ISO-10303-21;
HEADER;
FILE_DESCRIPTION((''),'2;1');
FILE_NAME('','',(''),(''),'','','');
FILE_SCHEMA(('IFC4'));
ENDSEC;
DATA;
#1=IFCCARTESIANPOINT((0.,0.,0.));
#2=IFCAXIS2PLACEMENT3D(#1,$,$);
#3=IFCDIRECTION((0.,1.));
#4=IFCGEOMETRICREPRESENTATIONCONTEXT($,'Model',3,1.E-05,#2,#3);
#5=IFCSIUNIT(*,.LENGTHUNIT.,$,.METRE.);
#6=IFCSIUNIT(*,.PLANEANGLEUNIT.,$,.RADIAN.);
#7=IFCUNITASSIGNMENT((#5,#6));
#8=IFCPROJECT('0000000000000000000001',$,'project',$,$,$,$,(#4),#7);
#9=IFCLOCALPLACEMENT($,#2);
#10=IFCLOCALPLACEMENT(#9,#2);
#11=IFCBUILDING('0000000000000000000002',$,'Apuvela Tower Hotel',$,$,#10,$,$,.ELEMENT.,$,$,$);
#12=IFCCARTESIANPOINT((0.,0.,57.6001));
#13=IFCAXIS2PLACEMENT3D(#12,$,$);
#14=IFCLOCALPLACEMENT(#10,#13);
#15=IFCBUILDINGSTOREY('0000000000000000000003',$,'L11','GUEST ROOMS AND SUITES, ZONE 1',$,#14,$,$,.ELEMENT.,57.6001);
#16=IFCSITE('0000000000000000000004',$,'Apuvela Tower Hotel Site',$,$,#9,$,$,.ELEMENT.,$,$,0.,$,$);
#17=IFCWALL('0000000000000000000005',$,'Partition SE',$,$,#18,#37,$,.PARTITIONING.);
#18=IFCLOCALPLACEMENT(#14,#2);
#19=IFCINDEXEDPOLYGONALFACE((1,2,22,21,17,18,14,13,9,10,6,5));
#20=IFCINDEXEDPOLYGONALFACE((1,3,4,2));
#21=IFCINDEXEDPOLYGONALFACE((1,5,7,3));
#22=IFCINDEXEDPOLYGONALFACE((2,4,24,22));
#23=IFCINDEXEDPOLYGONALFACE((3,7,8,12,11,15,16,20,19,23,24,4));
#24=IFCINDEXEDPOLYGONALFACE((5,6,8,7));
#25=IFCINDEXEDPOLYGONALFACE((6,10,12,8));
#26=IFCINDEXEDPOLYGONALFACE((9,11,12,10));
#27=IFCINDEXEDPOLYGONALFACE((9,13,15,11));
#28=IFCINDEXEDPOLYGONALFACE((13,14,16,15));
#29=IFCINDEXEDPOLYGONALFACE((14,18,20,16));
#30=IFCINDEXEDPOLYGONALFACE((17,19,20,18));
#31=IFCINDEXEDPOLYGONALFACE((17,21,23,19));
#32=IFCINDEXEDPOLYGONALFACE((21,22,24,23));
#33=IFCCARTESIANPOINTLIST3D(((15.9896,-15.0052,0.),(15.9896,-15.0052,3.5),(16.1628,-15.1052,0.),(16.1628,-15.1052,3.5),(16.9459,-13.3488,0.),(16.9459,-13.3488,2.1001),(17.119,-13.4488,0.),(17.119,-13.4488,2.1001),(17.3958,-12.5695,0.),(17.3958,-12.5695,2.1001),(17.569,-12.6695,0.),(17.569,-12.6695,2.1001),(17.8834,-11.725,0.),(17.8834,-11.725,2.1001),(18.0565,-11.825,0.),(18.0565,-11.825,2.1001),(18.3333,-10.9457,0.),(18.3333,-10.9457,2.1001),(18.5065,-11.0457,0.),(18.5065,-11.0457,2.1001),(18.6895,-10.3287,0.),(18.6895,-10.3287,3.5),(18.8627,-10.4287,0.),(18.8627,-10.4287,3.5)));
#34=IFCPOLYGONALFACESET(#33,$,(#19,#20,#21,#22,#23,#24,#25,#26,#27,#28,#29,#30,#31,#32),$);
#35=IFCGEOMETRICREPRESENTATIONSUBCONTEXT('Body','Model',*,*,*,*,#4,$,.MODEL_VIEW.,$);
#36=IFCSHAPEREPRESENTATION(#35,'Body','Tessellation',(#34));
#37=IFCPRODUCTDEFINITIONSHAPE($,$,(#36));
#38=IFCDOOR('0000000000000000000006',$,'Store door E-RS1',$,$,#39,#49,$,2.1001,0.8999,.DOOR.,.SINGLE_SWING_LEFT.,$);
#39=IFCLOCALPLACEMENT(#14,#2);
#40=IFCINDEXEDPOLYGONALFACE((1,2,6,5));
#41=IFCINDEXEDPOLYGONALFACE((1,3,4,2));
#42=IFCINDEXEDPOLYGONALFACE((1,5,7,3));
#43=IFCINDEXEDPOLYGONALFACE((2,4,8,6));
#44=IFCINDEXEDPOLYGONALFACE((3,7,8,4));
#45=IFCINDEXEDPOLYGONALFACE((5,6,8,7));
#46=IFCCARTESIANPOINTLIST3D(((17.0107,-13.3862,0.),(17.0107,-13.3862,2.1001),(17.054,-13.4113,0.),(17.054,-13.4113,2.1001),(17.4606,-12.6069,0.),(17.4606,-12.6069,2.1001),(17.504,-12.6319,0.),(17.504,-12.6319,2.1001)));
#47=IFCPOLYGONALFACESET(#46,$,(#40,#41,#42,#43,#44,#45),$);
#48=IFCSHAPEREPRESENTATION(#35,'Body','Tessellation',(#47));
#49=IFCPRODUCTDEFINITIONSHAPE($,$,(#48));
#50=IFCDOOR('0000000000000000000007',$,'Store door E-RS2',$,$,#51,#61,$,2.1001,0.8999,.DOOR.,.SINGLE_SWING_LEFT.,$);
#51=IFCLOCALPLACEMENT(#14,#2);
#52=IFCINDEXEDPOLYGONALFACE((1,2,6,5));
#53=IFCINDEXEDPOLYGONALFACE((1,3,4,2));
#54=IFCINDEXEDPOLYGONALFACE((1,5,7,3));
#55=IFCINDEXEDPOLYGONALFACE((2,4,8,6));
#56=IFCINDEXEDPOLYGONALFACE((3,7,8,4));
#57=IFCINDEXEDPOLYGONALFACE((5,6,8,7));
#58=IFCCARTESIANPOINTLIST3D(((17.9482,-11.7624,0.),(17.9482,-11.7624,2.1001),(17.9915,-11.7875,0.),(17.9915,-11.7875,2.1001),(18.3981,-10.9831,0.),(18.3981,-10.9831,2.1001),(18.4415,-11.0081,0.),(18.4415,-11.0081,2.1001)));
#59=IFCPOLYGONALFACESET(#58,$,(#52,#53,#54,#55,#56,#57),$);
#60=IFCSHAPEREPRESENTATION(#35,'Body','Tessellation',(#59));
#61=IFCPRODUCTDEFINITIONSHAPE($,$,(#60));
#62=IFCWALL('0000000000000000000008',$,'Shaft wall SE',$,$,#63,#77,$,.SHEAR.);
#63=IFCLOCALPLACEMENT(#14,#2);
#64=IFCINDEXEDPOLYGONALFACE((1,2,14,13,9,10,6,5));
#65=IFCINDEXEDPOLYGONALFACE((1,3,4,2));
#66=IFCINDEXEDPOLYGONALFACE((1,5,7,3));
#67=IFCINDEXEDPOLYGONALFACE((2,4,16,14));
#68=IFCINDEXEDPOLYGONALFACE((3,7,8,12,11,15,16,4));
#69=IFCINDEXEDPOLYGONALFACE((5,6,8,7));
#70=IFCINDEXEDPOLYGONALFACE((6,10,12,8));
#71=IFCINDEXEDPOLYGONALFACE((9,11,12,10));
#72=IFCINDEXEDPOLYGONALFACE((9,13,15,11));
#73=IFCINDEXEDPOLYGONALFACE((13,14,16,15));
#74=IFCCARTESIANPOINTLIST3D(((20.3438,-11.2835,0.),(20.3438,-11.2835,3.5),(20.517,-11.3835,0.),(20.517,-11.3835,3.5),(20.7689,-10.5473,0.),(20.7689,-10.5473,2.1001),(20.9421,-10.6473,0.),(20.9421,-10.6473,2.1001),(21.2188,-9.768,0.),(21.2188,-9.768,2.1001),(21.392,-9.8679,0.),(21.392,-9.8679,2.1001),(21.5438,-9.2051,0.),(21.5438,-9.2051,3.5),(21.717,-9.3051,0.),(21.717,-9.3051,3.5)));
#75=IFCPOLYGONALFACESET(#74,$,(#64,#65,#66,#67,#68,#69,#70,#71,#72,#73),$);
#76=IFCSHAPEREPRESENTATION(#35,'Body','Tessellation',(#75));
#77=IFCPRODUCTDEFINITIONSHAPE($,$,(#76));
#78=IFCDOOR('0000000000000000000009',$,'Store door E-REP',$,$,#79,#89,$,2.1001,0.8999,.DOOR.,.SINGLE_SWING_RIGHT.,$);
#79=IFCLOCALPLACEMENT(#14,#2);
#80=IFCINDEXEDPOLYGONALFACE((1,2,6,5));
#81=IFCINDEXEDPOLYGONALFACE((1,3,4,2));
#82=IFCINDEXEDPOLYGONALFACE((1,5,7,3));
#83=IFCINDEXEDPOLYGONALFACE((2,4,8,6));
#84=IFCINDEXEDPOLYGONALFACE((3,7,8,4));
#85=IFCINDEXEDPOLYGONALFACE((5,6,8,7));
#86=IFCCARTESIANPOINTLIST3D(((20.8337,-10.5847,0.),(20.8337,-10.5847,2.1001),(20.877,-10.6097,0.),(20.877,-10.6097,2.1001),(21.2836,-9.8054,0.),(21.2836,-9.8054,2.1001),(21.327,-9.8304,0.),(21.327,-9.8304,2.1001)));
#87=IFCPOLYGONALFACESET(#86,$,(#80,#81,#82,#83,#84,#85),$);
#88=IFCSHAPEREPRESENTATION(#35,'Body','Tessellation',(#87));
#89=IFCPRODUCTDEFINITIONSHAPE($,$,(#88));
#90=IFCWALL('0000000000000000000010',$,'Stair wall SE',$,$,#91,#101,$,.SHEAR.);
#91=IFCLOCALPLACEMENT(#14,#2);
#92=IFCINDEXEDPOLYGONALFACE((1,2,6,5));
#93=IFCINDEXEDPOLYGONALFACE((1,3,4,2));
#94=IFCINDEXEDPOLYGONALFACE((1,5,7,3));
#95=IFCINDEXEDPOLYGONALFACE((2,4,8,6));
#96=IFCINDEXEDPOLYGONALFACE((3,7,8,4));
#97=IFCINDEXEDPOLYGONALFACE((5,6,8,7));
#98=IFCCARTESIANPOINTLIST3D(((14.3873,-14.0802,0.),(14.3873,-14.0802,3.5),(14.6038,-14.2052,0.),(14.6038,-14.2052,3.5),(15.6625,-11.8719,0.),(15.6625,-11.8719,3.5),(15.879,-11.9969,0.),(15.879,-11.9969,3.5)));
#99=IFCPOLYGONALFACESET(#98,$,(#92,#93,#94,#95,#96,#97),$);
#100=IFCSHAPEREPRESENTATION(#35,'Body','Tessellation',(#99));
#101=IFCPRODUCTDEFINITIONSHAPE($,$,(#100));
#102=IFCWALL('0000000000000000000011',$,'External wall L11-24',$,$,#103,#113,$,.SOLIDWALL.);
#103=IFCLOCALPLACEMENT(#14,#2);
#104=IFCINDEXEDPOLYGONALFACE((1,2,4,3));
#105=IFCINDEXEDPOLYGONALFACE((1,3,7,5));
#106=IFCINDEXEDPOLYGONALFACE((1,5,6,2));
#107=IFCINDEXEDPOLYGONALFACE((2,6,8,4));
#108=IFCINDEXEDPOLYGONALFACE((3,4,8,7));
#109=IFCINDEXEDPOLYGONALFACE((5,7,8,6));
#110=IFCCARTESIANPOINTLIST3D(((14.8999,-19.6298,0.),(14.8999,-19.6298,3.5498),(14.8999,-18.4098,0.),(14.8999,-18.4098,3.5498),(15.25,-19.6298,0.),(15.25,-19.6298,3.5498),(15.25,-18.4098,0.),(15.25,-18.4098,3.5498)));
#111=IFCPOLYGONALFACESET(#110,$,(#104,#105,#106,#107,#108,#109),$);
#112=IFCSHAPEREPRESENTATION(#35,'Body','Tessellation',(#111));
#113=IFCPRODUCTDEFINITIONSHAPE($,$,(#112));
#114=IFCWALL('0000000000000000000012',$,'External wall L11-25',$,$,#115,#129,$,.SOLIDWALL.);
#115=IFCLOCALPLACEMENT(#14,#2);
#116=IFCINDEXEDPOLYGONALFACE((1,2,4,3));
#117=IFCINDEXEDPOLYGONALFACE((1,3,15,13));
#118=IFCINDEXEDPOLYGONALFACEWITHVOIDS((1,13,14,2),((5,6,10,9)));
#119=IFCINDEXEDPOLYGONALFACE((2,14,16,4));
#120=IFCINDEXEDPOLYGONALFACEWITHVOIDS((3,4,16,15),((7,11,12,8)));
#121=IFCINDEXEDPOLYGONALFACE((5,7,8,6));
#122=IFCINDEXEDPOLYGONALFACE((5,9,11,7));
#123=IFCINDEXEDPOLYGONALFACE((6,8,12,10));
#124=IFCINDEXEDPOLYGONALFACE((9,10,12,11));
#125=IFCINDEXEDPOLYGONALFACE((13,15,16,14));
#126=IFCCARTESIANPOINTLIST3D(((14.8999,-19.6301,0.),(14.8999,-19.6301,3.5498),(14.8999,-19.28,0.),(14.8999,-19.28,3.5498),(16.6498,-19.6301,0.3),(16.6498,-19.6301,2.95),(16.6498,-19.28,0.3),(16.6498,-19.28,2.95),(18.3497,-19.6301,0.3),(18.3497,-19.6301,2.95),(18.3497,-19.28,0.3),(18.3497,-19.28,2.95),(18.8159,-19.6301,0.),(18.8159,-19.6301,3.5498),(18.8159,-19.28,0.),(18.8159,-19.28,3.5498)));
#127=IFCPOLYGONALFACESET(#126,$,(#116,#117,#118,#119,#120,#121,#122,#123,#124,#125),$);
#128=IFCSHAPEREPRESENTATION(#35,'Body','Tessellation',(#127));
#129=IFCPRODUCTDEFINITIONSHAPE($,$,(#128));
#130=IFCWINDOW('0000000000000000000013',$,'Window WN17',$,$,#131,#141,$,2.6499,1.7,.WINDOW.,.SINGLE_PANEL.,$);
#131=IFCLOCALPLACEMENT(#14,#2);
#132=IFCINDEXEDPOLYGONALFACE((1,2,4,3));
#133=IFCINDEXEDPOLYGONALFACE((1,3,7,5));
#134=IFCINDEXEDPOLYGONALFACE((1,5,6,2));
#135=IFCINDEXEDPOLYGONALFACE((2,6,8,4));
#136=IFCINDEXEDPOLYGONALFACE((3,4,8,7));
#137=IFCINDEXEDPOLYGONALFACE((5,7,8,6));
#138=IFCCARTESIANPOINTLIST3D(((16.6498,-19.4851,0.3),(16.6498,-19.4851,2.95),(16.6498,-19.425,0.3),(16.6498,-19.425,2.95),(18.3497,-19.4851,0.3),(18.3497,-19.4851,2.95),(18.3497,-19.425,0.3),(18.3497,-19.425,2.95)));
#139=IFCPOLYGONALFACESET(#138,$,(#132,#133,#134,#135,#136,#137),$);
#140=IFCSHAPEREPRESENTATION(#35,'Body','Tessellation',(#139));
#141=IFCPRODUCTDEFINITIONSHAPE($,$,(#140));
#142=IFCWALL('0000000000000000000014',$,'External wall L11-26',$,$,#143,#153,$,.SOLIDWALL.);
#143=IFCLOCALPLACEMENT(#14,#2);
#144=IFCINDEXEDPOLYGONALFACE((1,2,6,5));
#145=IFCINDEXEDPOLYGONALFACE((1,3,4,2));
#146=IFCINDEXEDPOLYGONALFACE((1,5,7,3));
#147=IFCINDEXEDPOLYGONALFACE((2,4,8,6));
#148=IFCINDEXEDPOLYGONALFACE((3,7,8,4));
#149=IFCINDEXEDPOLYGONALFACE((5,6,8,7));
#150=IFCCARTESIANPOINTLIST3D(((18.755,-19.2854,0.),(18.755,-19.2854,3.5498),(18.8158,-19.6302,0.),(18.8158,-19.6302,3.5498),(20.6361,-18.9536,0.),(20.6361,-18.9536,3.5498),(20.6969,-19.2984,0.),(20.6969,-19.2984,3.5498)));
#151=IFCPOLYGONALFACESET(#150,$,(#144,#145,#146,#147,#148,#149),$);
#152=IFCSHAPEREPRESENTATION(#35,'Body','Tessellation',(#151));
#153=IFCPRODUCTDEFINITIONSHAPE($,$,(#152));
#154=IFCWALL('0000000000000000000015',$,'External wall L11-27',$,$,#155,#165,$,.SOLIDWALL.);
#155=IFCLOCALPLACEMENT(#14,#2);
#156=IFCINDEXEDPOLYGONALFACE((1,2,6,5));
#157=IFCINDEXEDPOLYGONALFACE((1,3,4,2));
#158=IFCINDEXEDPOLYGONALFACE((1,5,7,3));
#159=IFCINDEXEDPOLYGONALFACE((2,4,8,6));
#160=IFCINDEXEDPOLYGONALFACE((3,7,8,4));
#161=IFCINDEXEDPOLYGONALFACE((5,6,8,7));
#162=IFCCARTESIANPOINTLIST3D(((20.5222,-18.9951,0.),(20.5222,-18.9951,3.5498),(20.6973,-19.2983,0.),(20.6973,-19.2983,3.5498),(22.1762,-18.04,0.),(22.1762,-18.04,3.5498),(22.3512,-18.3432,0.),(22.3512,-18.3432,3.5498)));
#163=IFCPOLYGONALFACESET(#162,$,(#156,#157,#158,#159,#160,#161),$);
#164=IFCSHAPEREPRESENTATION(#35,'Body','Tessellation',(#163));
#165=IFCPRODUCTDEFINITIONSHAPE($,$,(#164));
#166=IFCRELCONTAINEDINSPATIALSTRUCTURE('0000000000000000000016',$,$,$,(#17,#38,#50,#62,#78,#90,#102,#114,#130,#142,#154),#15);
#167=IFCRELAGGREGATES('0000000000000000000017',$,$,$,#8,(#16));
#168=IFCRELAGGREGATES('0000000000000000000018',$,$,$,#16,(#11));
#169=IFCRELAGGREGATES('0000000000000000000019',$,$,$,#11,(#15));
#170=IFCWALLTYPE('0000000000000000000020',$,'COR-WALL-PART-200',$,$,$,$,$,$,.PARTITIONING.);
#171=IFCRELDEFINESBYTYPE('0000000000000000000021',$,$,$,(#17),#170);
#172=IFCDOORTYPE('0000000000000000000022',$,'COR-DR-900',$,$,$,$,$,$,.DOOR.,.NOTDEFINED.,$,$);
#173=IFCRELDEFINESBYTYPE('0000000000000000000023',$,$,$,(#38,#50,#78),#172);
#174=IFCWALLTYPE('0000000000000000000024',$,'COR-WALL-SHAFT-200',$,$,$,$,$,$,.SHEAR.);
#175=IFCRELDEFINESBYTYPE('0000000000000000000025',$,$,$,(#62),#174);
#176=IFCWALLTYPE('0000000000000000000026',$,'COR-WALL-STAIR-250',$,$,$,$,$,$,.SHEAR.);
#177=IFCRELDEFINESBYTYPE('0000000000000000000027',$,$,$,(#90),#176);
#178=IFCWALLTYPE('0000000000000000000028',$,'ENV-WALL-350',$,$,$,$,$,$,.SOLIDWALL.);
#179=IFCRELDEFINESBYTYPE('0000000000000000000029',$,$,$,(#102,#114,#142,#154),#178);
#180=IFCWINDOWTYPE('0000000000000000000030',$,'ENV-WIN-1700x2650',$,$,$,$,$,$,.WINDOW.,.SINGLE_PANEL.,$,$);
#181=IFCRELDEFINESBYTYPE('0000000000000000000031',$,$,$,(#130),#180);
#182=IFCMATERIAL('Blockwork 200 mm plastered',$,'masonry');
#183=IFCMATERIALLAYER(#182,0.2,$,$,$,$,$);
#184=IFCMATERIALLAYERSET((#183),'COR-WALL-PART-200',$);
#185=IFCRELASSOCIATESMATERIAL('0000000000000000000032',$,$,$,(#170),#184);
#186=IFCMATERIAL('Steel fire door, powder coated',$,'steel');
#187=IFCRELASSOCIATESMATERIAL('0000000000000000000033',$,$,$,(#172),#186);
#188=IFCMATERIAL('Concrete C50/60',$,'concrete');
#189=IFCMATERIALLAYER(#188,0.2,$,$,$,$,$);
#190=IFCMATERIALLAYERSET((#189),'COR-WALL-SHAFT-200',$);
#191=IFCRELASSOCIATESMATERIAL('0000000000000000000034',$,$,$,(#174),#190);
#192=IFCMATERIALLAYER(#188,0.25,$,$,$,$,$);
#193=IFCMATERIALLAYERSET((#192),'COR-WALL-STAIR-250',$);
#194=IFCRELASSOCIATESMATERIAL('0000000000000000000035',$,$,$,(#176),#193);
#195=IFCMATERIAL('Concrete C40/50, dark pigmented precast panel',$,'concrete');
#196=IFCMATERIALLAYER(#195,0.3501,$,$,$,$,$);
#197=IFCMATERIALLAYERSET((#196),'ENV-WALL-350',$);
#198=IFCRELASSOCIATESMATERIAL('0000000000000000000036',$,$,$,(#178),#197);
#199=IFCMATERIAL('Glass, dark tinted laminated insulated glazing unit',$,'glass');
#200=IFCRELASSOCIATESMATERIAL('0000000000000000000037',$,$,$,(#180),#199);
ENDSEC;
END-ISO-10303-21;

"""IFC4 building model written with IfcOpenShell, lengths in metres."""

from ifc_helpers import new_model, si_unit, direction, frame, frame_2d, origin, place, context, subcontext, project, spatial, rectangle, extrude, material, layer, layer_set, type_object, element, fill, save


model = new_model("IFC4")

# Units and contexts
model_context = context("Model", 3, precision=1e-05, world=origin(), true_north=direction((0.0, 1.0)))
body_context = subcontext(model_context, "Body", "Model", "MODEL_VIEW")
ifc_project = project(units=[si_unit("LENGTHUNIT", "METRE"), si_unit("PLANEANGLEUNIT", "RADIAN")], contexts=[model_context])

# Site, building, storey
site_placement = place(None, origin())
site = spatial("IfcSite", under=ifc_project, at=site_placement, Name="Apuvela Tower Hotel Site", CompositionType="ELEMENT", RefElevation=0.0)
building_placement = place(site_placement, origin())
building = spatial("IfcBuilding", under=site, at=building_placement, Name="Apuvela Tower Hotel", CompositionType="ELEMENT")
storey_placement = place(building_placement, frame((0.0, 0.0, 57.6001)))
storey = spatial("IfcBuildingStorey", under=building, at=storey_placement, Name="L11", Description="GUEST ROOMS AND SUITES, ZONE 1", CompositionType="ELEMENT", Elevation=57.6001)

# Wall, openings, doors
ifc_material_1 = material(Name="Blockwork 200 mm plastered", Category="masonry")
ifc_layer_1 = layer(ifc_material_1, 0.2)
ifc_layer_set_1 = layer_set([ifc_layer_1], Name="COR-WALL-PART-200")
wall_type_1 = type_object("IfcWallType", Name="COR-WALL-PART-200", PredefinedType="PARTITIONING", material=ifc_layer_set_1)
wall_1_placement = place(storey_placement, frame((16.0762, -15.0552, 0.0), z_axis=(0.0, 0.0, 1.0), x_axis=(0.499995, 0.866028, 0.0)))
wall_1 = element("IfcWall", 1, at=wall_1_placement, inside=storey, type_object=wall_type_1, Name="Partition SE", PredefinedType="PARTITIONING", context=body_context, shape_type="SweptSolid", body=[
    extrude(rectangle(XDim=5.3999, YDim=0.2, at=frame_2d((2.7, 0.0))), origin(), (0.0, 0.0, 1.0), 3.5),
])
opening_1_placement = place(wall_1_placement, frame((1.9126, 0.0, 0.0)))
opening_1 = element("IfcOpeningElement", 2, at=opening_1_placement, cuts=wall_1, PredefinedType="OPENING", context=body_context, shape_type="SweptSolid", body=[
    extrude(rectangle(XDim=0.8999, YDim=2.1001, at=frame_2d((0.45, 1.05))), frame((0.0, 0.1099, 0.0), z_axis=(0.0, -1.0, 0.0), x_axis=(1.0, 0.0, 0.0)), (0.0, 0.0, 1.0), 0.22),
])
opening_2_placement = place(wall_1_placement, frame((3.7876, 0.0, 0.0)))
opening_2 = element("IfcOpeningElement", 3, at=opening_2_placement, cuts=wall_1, PredefinedType="OPENING", context=body_context, shape_type="SweptSolid", body=[
    extrude(rectangle(XDim=0.8999, YDim=2.1001, at=frame_2d((0.45, 1.05))), frame((0.0, 0.1099, 0.0), z_axis=(0.0, -1.0, 0.0), x_axis=(1.0, 0.0, 0.0)), (0.0, 0.0, 1.0), 0.22),
])
ifc_material_2 = material(Name="Steel fire door, powder coated", Category="steel")
door_type_1 = type_object("IfcDoorType", Name="COR-DR-900", OperationType="NOTDEFINED", PredefinedType="DOOR", material=ifc_material_2)
door_1_placement = place(opening_1_placement, frame((0.8999, 0.0, 0.0), z_axis=(0.0, 0.0, 1.0), x_axis=(-1.0, 0.0, 0.0)))
door_1 = element("IfcDoor", 4, at=door_1_placement, inside=storey, type_object=door_type_1, Name="Store door E-RS1", OperationType="SINGLE_SWING_LEFT", OverallHeight=2.1001, OverallWidth=0.8999, PredefinedType="DOOR", context=body_context, shape_type="SweptSolid", body=[
    extrude(rectangle(XDim=0.8999, YDim=2.1001, at=frame_2d((0.45, 1.05))), frame((0.0, 0.0249, 0.0), z_axis=(0.0, -1.0, 0.0), x_axis=(1.0, 0.0, 0.0)), (0.0, 0.0, 1.0), 0.05),
])
fill(opening_1, door_1)
door_2_placement = place(opening_2_placement, frame((0.8999, 0.0, 0.0), z_axis=(0.0, 0.0, 1.0), x_axis=(-1.0, 0.0, 0.0)))
door_2 = element("IfcDoor", 5, at=door_2_placement, inside=storey, type_object=door_type_1, Name="Store door E-RS2", OperationType="SINGLE_SWING_LEFT", OverallHeight=2.1001, OverallWidth=0.8999, PredefinedType="DOOR", context=body_context, shape_type="SweptSolid", body=[
    extrude(rectangle(XDim=0.8999, YDim=2.1001, at=frame_2d((0.45, 1.05))), frame((0.0, 0.0249, 0.0), z_axis=(0.0, -1.0, 0.0), x_axis=(1.0, 0.0, 0.0)), (0.0, 0.0, 1.0), 0.05),
])
fill(opening_2, door_2)

# Wall, opening, door
ifc_material_3 = material(Name="Concrete C50/60", Category="concrete")
ifc_layer_2 = layer(ifc_material_3, 0.2)
ifc_layer_set_2 = layer_set([ifc_layer_2], Name="COR-WALL-SHAFT-200")
wall_type_2 = type_object("IfcWallType", Name="COR-WALL-SHAFT-200", PredefinedType="SHEAR", material=ifc_layer_set_2)
wall_2_placement = place(storey_placement, frame((20.4304, -11.3335, 0.0), z_axis=(0.0, 0.0, 1.0), x_axis=(0.500001, 0.866025, 0.0)))
wall_2 = element("IfcWall", 6, at=wall_2_placement, inside=storey, type_object=wall_type_2, Name="Shaft wall SE", PredefinedType="SHEAR", context=body_context, shape_type="SweptSolid", body=[
    extrude(rectangle(XDim=2.3999, YDim=0.2, at=frame_2d((1.2, 0.0))), origin(), (0.0, 0.0, 1.0), 3.5),
])
opening_3_placement = place(wall_2_placement, frame((0.8501, 0.0, 0.0)))
opening_3 = element("IfcOpeningElement", 7, at=opening_3_placement, cuts=wall_2, PredefinedType="OPENING", context=body_context, shape_type="SweptSolid", body=[
    extrude(rectangle(XDim=0.8999, YDim=2.1001, at=frame_2d((0.45, 1.05))), frame((0.0, 0.1099, 0.0), z_axis=(0.0, -1.0, 0.0), x_axis=(1.0, 0.0, 0.0)), (0.0, 0.0, 1.0), 0.22),
])
door_3_placement = place(opening_3_placement, frame((0.8999, 0.0, 0.0), z_axis=(0.0, 0.0, 1.0), x_axis=(-1.0, 0.0, 0.0)))
door_3 = element("IfcDoor", 8, at=door_3_placement, inside=storey, type_object=door_type_1, Name="Store door E-REP", OperationType="SINGLE_SWING_RIGHT", OverallHeight=2.1001, OverallWidth=0.8999, PredefinedType="DOOR", context=body_context, shape_type="SweptSolid", body=[
    extrude(rectangle(XDim=0.8999, YDim=2.1001, at=frame_2d((0.45, 1.05))), frame((0.0, 0.0249, 0.0), z_axis=(0.0, -1.0, 0.0), x_axis=(1.0, 0.0, 0.0)), (0.0, 0.0, 1.0), 0.05),
])
fill(opening_3, door_3)

# Walls
ifc_layer_3 = layer(ifc_material_3, 0.25)
ifc_layer_set_3 = layer_set([ifc_layer_3], Name="COR-WALL-STAIR-250")
wall_type_3 = type_object("IfcWallType", Name="COR-WALL-STAIR-250", PredefinedType="SHEAR", material=ifc_layer_set_3)
wall_3_placement = place(storey_placement, frame((14.4956, -14.1426, 0.0), z_axis=(0.0, 0.0, 1.0), x_axis=(0.500062, 0.865989, 0.0)))
element("IfcWall", 9, at=wall_3_placement, inside=storey, type_object=wall_type_3, Name="Stair wall SE", PredefinedType="SHEAR", context=body_context, shape_type="SweptSolid", body=[
    extrude(rectangle(XDim=2.55, YDim=0.25, at=frame_2d((1.2749, 0.0))), origin(), (0.0, 0.0, 1.0), 3.5),
])
ifc_material_4 = material(Name="Concrete C40/50, dark pigmented precast panel", Category="concrete")
ifc_layer_4 = layer(ifc_material_4, 0.3501)
ifc_layer_set_4 = layer_set([ifc_layer_4], Name="ENV-WALL-350")
wall_type_4 = type_object("IfcWallType", Name="ENV-WALL-350", PredefinedType="SOLIDWALL", material=ifc_layer_set_4)
wall_4_placement = place(storey_placement, frame((15.075, -18.4099, 0.0), z_axis=(0.0, 0.0, 1.0), x_axis=(0.0, -1.0, 0.0)))
element("IfcWall", 10, at=wall_4_placement, inside=storey, type_object=wall_type_4, Name="External wall L11-24", PredefinedType="SOLIDWALL", context=body_context, shape_type="SweptSolid", body=[
    extrude(rectangle(XDim=1.22, YDim=0.3501, at=frame_2d((0.6099, 0.0))), origin(), (0.0, 0.0, 1.0), 3.5498),
])

# Wall, opening, window
wall_5_placement = place(storey_placement, frame((14.8999, -19.4551, 0.0), z_axis=(0.0, 0.0, 1.0), x_axis=(1.0, 0.0, 0.0)))
wall_5 = element("IfcWall", 11, at=wall_5_placement, inside=storey, type_object=wall_type_4, Name="External wall L11-25", PredefinedType="SOLIDWALL", context=body_context, shape_type="SweptSolid", body=[
    extrude(rectangle(XDim=3.916, YDim=0.3501, at=frame_2d((1.958, 0.0))), origin(), (0.0, 0.0, 1.0), 3.5498),
])
opening_4_placement = place(wall_5_placement, frame((1.7498, 0.0, 0.3)))
opening_4 = element("IfcOpeningElement", 12, at=opening_4_placement, cuts=wall_5, PredefinedType="OPENING", context=body_context, shape_type="SweptSolid", body=[
    extrude(rectangle(XDim=1.7, YDim=2.6499, at=frame_2d((0.8501, 1.325))), frame((0.0, 0.1851, 0.0), z_axis=(0.0, -1.0, 0.0), x_axis=(1.0, 0.0, 0.0)), (0.0, 0.0, 1.0), 0.3701),
])
ifc_material_5 = material(Name="Glass, dark tinted laminated insulated glazing unit", Category="glass")
window_type = type_object("IfcWindowType", Name="ENV-WIN-1700x2650", PartitioningType="SINGLE_PANEL", PredefinedType="WINDOW", material=ifc_material_5)
window_placement = place(opening_4_placement, origin())
window = element("IfcWindow", 13, at=window_placement, inside=storey, type_object=window_type, Name="Window WN17", OverallHeight=2.6499, OverallWidth=1.7, PartitioningType="SINGLE_PANEL", PredefinedType="WINDOW", context=body_context, shape_type="SweptSolid", body=[
    extrude(rectangle(XDim=1.7, YDim=2.6499, at=frame_2d((0.8501, 1.325))), frame((0.0, 0.03, 0.0), z_axis=(0.0, -1.0, 0.0), x_axis=(1.0, 0.0, 0.0)), (0.0, 0.0, 1.0), 0.0601),
])
fill(opening_4, window)

# Walls
wall_6_placement = place(storey_placement, frame((18.7854, -19.4578, 0.0), z_axis=(0.0, 0.0, 1.0), x_axis=(0.984799, 0.173698, 0.0)))
element("IfcWall", 14, at=wall_6_placement, inside=storey, type_object=wall_type_4, Name="External wall L11-26", PredefinedType="SOLIDWALL", context=body_context, shape_type="SweptSolid", body=[
    extrude(rectangle(XDim=1.9102, YDim=0.3501, at=frame_2d((0.9551, 0.0))), origin(), (0.0, 0.0, 1.0), 3.5498),
])
for number, where, z_axis, x_axis, name in (
    (15, (20.6096, -19.1467, 0.0), (0.0, 0.0, 1.0), (0.866, 0.500043, 0.0), "External wall L11-27"),
):
    element("IfcWall", number, at=place(storey_placement, frame(where, z_axis=z_axis, x_axis=x_axis)), inside=storey, type_object=wall_type_4, Name=name, PredefinedType="SOLIDWALL", context=body_context, shape_type="SweptSolid", body=[
        extrude(rectangle(XDim=1.9099, YDim=0.3501, at=frame_2d((0.9551, 0.0))), origin(), (0.0, 0.0, 1.0), 3.5498),
    ])

save(model, "model.ifc")
